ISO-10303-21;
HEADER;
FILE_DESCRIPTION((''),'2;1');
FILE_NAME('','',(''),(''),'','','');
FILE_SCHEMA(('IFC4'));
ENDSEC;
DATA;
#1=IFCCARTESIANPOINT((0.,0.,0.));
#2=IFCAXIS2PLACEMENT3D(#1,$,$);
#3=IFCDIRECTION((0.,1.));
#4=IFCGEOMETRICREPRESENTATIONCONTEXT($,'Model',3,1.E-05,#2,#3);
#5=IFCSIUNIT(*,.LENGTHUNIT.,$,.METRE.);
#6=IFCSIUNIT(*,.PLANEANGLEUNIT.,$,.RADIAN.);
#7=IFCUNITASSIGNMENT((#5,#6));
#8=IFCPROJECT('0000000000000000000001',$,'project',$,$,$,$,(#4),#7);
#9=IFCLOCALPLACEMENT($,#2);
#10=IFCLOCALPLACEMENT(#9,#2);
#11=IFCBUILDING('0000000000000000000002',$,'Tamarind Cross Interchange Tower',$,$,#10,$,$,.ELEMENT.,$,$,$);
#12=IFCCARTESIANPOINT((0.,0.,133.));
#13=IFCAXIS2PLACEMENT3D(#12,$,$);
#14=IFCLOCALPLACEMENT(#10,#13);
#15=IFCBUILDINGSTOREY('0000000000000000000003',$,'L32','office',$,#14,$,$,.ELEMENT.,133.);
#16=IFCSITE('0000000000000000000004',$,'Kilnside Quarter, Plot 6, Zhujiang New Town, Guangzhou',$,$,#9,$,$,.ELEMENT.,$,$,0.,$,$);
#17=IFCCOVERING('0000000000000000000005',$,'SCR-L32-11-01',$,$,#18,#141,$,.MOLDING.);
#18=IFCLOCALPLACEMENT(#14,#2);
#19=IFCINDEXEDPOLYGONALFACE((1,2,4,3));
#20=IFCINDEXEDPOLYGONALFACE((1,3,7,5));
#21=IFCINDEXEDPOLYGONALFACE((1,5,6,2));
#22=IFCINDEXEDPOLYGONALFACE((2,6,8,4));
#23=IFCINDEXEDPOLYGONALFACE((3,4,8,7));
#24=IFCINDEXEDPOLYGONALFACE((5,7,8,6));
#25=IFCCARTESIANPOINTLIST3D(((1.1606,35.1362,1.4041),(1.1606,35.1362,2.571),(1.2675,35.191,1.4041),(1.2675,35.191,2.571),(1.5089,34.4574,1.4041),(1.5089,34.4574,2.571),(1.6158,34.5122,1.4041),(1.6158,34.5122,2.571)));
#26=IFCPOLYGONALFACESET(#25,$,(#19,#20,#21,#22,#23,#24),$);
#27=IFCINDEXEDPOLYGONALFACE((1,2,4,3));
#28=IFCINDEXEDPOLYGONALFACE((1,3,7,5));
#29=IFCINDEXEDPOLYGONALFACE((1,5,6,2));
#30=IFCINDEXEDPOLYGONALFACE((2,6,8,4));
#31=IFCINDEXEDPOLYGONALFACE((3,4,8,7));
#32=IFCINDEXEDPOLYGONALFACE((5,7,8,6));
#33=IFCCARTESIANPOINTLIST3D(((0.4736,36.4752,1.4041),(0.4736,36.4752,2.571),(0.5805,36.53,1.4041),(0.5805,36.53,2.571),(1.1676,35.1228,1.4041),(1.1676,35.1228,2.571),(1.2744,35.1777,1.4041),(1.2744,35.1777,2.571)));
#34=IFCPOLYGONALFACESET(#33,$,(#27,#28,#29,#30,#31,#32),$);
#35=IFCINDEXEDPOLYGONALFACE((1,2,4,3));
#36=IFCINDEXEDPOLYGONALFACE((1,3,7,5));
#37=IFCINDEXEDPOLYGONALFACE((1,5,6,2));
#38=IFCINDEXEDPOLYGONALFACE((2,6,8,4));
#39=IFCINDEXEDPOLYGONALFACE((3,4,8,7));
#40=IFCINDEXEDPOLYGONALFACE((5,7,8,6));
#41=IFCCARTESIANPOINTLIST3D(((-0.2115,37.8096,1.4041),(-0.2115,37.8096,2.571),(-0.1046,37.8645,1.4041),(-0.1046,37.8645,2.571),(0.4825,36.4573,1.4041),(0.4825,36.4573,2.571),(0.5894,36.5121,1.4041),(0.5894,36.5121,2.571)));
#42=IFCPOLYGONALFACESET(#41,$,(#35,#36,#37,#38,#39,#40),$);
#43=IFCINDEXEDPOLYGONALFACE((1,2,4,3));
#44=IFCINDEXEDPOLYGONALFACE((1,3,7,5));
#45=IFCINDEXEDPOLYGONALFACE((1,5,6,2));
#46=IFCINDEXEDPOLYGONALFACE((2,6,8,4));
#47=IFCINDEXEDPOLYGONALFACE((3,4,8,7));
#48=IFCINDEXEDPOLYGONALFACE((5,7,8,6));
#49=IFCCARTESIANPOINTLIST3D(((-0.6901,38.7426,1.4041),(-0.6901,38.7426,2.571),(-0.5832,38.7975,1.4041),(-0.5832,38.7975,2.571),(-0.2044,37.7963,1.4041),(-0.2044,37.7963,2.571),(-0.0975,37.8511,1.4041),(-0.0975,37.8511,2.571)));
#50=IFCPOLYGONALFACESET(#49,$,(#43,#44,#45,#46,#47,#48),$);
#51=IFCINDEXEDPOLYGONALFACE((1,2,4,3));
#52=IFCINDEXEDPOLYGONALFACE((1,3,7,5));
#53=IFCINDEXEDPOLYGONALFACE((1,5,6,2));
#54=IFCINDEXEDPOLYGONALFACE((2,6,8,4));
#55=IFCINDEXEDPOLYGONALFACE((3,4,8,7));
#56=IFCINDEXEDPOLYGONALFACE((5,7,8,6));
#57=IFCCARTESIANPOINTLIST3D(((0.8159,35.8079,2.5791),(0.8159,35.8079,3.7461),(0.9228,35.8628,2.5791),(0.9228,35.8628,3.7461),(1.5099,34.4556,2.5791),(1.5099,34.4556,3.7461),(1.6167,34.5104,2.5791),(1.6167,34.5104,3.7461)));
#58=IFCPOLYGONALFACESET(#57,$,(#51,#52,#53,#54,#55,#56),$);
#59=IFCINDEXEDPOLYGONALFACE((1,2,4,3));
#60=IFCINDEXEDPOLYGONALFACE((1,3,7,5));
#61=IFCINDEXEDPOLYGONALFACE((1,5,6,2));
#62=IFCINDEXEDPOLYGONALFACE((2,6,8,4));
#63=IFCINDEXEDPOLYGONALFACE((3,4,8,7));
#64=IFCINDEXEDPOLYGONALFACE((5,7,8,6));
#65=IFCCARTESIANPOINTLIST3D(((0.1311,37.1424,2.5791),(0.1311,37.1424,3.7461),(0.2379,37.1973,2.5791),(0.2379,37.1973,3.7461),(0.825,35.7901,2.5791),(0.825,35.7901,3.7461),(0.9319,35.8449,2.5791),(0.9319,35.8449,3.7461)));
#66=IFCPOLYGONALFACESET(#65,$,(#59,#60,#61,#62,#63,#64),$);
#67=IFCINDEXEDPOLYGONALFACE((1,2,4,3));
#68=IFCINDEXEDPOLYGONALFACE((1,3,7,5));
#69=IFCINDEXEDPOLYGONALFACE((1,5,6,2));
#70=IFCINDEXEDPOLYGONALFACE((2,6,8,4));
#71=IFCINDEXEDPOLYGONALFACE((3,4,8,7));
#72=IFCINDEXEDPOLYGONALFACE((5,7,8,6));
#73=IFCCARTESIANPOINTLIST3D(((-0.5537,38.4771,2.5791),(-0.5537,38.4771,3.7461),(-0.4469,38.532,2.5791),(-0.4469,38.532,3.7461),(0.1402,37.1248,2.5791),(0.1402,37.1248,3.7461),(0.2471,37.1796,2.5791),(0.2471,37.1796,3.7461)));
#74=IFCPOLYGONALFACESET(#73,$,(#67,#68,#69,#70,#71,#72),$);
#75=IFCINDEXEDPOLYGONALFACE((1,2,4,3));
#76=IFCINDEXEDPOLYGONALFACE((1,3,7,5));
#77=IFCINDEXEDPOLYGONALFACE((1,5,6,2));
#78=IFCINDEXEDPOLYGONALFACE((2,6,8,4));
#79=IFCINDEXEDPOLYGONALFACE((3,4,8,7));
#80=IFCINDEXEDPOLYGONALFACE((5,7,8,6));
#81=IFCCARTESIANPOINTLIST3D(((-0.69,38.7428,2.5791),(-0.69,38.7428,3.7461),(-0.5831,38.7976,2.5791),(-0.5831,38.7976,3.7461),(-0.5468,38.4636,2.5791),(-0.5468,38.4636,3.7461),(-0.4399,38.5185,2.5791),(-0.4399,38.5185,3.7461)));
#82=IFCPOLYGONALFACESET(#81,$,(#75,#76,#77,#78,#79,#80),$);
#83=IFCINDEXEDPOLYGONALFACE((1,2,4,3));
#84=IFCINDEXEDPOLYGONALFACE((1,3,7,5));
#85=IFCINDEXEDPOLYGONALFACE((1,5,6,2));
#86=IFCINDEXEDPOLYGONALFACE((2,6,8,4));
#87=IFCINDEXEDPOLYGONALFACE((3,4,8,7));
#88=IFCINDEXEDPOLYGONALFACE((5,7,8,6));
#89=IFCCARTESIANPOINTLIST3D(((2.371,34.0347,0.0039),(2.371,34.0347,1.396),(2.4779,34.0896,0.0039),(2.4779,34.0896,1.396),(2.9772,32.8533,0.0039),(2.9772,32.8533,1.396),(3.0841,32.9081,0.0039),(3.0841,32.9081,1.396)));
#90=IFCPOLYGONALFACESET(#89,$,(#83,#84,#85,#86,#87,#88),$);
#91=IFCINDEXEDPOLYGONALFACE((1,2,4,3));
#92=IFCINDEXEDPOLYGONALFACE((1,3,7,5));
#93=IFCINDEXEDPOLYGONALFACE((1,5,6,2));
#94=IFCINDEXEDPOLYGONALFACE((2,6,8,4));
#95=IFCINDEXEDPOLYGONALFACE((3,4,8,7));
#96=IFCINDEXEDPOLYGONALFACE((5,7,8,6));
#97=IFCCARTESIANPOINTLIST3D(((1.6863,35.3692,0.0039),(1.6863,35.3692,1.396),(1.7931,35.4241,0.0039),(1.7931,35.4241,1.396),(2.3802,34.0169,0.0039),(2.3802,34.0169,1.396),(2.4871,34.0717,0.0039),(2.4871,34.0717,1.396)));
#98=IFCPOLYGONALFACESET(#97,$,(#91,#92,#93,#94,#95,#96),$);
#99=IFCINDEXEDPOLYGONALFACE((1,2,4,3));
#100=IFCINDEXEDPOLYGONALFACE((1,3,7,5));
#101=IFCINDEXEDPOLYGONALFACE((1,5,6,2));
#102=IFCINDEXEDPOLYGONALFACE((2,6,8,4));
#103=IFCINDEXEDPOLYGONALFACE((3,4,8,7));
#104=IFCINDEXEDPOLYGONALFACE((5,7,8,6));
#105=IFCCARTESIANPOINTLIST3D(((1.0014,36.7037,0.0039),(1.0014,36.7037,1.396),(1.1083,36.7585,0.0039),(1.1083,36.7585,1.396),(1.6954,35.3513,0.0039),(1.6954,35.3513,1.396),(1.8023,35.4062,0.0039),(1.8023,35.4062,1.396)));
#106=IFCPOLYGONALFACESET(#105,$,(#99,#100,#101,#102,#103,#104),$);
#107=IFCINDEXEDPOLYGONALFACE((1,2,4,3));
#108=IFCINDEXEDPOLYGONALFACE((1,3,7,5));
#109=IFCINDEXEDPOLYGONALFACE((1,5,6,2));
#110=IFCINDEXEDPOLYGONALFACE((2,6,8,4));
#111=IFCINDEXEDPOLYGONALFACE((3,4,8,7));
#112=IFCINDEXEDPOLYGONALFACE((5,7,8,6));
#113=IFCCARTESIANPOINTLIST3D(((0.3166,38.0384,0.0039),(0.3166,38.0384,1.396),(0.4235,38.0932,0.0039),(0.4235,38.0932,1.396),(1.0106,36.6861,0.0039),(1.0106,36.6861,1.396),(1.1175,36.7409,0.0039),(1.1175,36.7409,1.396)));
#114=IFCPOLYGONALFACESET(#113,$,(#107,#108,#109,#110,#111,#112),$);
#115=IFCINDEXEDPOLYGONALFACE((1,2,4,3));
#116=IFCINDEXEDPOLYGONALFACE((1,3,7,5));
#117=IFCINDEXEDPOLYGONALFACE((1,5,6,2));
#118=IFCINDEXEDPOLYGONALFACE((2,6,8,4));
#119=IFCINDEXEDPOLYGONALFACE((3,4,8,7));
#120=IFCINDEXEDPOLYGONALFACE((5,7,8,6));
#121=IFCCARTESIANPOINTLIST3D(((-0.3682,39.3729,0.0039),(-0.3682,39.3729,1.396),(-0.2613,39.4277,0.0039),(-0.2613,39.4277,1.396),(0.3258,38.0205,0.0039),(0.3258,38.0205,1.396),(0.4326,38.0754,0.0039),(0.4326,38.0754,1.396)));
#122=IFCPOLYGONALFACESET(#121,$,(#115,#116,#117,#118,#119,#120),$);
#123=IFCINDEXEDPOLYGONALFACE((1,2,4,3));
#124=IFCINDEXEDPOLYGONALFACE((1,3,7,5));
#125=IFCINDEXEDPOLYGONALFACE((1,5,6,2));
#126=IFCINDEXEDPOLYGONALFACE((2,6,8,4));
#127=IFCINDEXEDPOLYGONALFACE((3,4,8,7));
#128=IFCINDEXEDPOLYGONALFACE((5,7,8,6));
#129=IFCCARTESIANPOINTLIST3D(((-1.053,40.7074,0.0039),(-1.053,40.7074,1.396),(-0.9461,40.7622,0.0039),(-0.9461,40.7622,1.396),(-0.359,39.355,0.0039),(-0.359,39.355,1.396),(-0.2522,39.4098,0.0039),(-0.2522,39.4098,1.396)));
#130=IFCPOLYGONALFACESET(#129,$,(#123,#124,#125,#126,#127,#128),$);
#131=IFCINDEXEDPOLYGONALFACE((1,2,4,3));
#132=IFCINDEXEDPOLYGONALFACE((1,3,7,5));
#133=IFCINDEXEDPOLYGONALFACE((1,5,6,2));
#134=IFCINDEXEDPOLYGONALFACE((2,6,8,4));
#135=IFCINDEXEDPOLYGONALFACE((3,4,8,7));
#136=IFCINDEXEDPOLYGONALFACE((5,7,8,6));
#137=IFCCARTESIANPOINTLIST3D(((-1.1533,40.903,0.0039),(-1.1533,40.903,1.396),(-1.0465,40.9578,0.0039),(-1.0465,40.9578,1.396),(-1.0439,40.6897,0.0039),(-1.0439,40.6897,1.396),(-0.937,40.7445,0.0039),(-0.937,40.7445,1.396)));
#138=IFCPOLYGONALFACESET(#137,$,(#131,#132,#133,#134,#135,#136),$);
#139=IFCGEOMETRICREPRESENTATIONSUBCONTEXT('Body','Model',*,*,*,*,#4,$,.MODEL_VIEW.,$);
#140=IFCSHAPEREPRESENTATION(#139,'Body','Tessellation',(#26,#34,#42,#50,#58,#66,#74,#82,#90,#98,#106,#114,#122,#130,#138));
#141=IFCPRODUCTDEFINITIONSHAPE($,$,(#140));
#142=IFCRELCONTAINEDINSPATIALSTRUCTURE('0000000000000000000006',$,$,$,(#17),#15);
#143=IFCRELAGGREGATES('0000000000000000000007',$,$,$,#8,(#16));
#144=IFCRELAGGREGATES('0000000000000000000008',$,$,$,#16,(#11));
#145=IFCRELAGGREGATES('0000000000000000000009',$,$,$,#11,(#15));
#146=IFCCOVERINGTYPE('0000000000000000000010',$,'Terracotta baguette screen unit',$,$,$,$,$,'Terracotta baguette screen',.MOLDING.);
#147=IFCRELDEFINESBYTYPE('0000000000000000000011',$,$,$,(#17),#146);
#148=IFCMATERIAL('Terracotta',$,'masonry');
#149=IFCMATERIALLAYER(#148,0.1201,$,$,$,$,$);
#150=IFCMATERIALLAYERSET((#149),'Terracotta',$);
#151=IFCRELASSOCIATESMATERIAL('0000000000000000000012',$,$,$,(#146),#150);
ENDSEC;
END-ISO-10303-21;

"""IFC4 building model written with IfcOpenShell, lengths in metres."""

from ifc_helpers import new_model, si_unit, direction, frame, origin, origin_2d, place, context, subcontext, project, spatial, rectangle, extrude, material, layer, layer_set, type_object, element, save


model = new_model("IFC4")

# Units and contexts
model_context = context("Model", 3, precision=1e-05, world=origin(), true_north=direction((0.0, 1.0)))
body_context = subcontext(model_context, "Body", "Model", "MODEL_VIEW")
ifc_project = project(units=[si_unit("LENGTHUNIT", "METRE"), si_unit("PLANEANGLEUNIT", "RADIAN")], contexts=[model_context])

# Site, building, storey
site_placement = place(None, origin())
site = spatial("IfcSite", under=ifc_project, at=site_placement, Name="Kilnside Quarter, Plot 6, Zhujiang New Town, Guangzhou", CompositionType="ELEMENT", RefElevation=0.0)
building_placement = place(site_placement, origin())
building = spatial("IfcBuilding", under=site, at=building_placement, Name="Tamarind Cross Interchange Tower", CompositionType="ELEMENT")
storey_placement = place(building_placement, frame((0.0, 0.0, 133.0)))
storey = spatial("IfcBuildingStorey", under=building, at=storey_placement, Name="L32", Description="office", CompositionType="ELEMENT", Elevation=133.0)

# Covering
ifc_material_1 = material(Name="Terracotta", Category="masonry")
ifc_layer_1 = layer(ifc_material_1, 0.1201)
ifc_layer_set_1 = layer_set([ifc_layer_1], Name="Terracotta")
covering_type = type_object("IfcCoveringType", Name="Terracotta baguette screen unit", ElementType="Terracotta baguette screen", PredefinedType="MOLDING", material=ifc_layer_set_1)
covering_1_placement = place(storey_placement, origin())
element("IfcCovering", 1, at=covering_1_placement, inside=storey, type_object=covering_type, Name="SCR-L32-11-01", PredefinedType="MOLDING", context=body_context, shape_type="SweptSolid", body=[
    extrude(rectangle(XDim=0.7629, YDim=0.1201, at=origin_2d()), frame((1.3882, 34.8242, 1.4041), z_axis=(0.0, 0.0, 1.0), x_axis=(-0.456551, 0.889697, 0.0)), (0.0, 0.0, 1.0), 1.167),
    extrude(rectangle(XDim=1.52, YDim=0.1201, at=origin_2d()), frame((0.874, 35.8264, 1.4041), z_axis=(0.0, 0.0, 1.0), x_axis=(-0.456551, 0.889697, 0.0)), (0.0, 0.0, 1.0), 1.167),
    extrude(rectangle(XDim=1.52, YDim=0.1201, at=origin_2d()), frame((0.189, 37.1609, 1.4041), z_axis=(0.0, 0.0, 1.0), x_axis=(-0.456551, 0.889697, 0.0)), (0.0, 0.0, 1.0), 1.167),
    extrude(rectangle(XDim=1.0637, YDim=0.1201, at=origin_2d()), frame((-0.3938, 38.2969, 1.4041), z_axis=(0.0, 0.0, 1.0), x_axis=(-0.456551, 0.889697, 0.0)), (0.0, 0.0, 1.0), 1.167),
    extrude(rectangle(XDim=1.52, YDim=0.1201, at=origin_2d()), frame((1.2163, 35.1592, 2.5791), z_axis=(0.0, 0.0, 1.0), x_axis=(-0.456551, 0.889697, 0.0)), (0.0, 0.0, 1.0), 1.167),
    extrude(rectangle(XDim=1.52, YDim=0.1201, at=origin_2d()), frame((0.5315, 36.4937, 2.5791), z_axis=(0.0, 0.0, 1.0), x_axis=(-0.456551, 0.889697, 0.0)), (0.0, 0.0, 1.0), 1.167),
    extrude(rectangle(XDim=1.52, YDim=0.1201, at=origin_2d()), frame((-0.1533, 37.8284, 2.5791), z_axis=(0.0, 0.0, 1.0), x_axis=(-0.456551, 0.889697, 0.0)), (0.0, 0.0, 1.0), 1.167),
    extrude(rectangle(XDim=0.3137, YDim=0.1201, at=origin_2d()), frame((-0.5649, 38.6306, 2.5791), z_axis=(0.0, 0.0, 1.0), x_axis=(-0.456551, 0.889697, 0.0)), (0.0, 0.0, 1.0), 1.167),
    extrude(rectangle(XDim=1.3279, YDim=0.1201, at=origin_2d()), frame((2.7275, 33.4714, 0.0039), z_axis=(0.0, 0.0, 1.0), x_axis=(-0.456551, 0.889697, 0.0)), (0.0, 0.0, 1.0), 1.3921),
    extrude(rectangle(XDim=1.52, YDim=0.1201, at=origin_2d()), frame((2.0867, 34.7205, 0.0039), z_axis=(0.0, 0.0, 1.0), x_axis=(-0.456551, 0.889697, 0.0)), (0.0, 0.0, 1.0), 1.3921),
    extrude(rectangle(XDim=1.52, YDim=0.1201, at=origin_2d()), frame((1.4019, 36.0549, 0.0039), z_axis=(0.0, 0.0, 1.0), x_axis=(-0.456551, 0.889697, 0.0)), (0.0, 0.0, 1.0), 1.3921),
    extrude(rectangle(XDim=1.52, YDim=0.1201, at=origin_2d()), frame((0.717, 37.3896, 0.0039), z_axis=(0.0, 0.0, 1.0), x_axis=(-0.456551, 0.889697, 0.0)), (0.0, 0.0, 1.0), 1.3921),
    extrude(rectangle(XDim=1.52, YDim=0.1201, at=origin_2d()), frame((0.0322, 38.7241, 0.0039), z_axis=(0.0, 0.0, 1.0), x_axis=(-0.456551, 0.889697, 0.0)), (0.0, 0.0, 1.0), 1.3921),
    extrude(rectangle(XDim=1.52, YDim=0.1201, at=origin_2d()), frame((-0.6526, 40.0586, 0.0039), z_axis=(0.0, 0.0, 1.0), x_axis=(-0.456551, 0.889697, 0.0)), (0.0, 0.0, 1.0), 1.3921),
    extrude(rectangle(XDim=0.2397, YDim=0.1201, at=origin_2d()), frame((-1.0452, 40.8237, 0.0039), z_axis=(0.0, 0.0, 1.0), x_axis=(-0.456551, 0.889697, 0.0)), (0.0, 0.0, 1.0), 1.3921),
])

save(model, "model.ifc")
